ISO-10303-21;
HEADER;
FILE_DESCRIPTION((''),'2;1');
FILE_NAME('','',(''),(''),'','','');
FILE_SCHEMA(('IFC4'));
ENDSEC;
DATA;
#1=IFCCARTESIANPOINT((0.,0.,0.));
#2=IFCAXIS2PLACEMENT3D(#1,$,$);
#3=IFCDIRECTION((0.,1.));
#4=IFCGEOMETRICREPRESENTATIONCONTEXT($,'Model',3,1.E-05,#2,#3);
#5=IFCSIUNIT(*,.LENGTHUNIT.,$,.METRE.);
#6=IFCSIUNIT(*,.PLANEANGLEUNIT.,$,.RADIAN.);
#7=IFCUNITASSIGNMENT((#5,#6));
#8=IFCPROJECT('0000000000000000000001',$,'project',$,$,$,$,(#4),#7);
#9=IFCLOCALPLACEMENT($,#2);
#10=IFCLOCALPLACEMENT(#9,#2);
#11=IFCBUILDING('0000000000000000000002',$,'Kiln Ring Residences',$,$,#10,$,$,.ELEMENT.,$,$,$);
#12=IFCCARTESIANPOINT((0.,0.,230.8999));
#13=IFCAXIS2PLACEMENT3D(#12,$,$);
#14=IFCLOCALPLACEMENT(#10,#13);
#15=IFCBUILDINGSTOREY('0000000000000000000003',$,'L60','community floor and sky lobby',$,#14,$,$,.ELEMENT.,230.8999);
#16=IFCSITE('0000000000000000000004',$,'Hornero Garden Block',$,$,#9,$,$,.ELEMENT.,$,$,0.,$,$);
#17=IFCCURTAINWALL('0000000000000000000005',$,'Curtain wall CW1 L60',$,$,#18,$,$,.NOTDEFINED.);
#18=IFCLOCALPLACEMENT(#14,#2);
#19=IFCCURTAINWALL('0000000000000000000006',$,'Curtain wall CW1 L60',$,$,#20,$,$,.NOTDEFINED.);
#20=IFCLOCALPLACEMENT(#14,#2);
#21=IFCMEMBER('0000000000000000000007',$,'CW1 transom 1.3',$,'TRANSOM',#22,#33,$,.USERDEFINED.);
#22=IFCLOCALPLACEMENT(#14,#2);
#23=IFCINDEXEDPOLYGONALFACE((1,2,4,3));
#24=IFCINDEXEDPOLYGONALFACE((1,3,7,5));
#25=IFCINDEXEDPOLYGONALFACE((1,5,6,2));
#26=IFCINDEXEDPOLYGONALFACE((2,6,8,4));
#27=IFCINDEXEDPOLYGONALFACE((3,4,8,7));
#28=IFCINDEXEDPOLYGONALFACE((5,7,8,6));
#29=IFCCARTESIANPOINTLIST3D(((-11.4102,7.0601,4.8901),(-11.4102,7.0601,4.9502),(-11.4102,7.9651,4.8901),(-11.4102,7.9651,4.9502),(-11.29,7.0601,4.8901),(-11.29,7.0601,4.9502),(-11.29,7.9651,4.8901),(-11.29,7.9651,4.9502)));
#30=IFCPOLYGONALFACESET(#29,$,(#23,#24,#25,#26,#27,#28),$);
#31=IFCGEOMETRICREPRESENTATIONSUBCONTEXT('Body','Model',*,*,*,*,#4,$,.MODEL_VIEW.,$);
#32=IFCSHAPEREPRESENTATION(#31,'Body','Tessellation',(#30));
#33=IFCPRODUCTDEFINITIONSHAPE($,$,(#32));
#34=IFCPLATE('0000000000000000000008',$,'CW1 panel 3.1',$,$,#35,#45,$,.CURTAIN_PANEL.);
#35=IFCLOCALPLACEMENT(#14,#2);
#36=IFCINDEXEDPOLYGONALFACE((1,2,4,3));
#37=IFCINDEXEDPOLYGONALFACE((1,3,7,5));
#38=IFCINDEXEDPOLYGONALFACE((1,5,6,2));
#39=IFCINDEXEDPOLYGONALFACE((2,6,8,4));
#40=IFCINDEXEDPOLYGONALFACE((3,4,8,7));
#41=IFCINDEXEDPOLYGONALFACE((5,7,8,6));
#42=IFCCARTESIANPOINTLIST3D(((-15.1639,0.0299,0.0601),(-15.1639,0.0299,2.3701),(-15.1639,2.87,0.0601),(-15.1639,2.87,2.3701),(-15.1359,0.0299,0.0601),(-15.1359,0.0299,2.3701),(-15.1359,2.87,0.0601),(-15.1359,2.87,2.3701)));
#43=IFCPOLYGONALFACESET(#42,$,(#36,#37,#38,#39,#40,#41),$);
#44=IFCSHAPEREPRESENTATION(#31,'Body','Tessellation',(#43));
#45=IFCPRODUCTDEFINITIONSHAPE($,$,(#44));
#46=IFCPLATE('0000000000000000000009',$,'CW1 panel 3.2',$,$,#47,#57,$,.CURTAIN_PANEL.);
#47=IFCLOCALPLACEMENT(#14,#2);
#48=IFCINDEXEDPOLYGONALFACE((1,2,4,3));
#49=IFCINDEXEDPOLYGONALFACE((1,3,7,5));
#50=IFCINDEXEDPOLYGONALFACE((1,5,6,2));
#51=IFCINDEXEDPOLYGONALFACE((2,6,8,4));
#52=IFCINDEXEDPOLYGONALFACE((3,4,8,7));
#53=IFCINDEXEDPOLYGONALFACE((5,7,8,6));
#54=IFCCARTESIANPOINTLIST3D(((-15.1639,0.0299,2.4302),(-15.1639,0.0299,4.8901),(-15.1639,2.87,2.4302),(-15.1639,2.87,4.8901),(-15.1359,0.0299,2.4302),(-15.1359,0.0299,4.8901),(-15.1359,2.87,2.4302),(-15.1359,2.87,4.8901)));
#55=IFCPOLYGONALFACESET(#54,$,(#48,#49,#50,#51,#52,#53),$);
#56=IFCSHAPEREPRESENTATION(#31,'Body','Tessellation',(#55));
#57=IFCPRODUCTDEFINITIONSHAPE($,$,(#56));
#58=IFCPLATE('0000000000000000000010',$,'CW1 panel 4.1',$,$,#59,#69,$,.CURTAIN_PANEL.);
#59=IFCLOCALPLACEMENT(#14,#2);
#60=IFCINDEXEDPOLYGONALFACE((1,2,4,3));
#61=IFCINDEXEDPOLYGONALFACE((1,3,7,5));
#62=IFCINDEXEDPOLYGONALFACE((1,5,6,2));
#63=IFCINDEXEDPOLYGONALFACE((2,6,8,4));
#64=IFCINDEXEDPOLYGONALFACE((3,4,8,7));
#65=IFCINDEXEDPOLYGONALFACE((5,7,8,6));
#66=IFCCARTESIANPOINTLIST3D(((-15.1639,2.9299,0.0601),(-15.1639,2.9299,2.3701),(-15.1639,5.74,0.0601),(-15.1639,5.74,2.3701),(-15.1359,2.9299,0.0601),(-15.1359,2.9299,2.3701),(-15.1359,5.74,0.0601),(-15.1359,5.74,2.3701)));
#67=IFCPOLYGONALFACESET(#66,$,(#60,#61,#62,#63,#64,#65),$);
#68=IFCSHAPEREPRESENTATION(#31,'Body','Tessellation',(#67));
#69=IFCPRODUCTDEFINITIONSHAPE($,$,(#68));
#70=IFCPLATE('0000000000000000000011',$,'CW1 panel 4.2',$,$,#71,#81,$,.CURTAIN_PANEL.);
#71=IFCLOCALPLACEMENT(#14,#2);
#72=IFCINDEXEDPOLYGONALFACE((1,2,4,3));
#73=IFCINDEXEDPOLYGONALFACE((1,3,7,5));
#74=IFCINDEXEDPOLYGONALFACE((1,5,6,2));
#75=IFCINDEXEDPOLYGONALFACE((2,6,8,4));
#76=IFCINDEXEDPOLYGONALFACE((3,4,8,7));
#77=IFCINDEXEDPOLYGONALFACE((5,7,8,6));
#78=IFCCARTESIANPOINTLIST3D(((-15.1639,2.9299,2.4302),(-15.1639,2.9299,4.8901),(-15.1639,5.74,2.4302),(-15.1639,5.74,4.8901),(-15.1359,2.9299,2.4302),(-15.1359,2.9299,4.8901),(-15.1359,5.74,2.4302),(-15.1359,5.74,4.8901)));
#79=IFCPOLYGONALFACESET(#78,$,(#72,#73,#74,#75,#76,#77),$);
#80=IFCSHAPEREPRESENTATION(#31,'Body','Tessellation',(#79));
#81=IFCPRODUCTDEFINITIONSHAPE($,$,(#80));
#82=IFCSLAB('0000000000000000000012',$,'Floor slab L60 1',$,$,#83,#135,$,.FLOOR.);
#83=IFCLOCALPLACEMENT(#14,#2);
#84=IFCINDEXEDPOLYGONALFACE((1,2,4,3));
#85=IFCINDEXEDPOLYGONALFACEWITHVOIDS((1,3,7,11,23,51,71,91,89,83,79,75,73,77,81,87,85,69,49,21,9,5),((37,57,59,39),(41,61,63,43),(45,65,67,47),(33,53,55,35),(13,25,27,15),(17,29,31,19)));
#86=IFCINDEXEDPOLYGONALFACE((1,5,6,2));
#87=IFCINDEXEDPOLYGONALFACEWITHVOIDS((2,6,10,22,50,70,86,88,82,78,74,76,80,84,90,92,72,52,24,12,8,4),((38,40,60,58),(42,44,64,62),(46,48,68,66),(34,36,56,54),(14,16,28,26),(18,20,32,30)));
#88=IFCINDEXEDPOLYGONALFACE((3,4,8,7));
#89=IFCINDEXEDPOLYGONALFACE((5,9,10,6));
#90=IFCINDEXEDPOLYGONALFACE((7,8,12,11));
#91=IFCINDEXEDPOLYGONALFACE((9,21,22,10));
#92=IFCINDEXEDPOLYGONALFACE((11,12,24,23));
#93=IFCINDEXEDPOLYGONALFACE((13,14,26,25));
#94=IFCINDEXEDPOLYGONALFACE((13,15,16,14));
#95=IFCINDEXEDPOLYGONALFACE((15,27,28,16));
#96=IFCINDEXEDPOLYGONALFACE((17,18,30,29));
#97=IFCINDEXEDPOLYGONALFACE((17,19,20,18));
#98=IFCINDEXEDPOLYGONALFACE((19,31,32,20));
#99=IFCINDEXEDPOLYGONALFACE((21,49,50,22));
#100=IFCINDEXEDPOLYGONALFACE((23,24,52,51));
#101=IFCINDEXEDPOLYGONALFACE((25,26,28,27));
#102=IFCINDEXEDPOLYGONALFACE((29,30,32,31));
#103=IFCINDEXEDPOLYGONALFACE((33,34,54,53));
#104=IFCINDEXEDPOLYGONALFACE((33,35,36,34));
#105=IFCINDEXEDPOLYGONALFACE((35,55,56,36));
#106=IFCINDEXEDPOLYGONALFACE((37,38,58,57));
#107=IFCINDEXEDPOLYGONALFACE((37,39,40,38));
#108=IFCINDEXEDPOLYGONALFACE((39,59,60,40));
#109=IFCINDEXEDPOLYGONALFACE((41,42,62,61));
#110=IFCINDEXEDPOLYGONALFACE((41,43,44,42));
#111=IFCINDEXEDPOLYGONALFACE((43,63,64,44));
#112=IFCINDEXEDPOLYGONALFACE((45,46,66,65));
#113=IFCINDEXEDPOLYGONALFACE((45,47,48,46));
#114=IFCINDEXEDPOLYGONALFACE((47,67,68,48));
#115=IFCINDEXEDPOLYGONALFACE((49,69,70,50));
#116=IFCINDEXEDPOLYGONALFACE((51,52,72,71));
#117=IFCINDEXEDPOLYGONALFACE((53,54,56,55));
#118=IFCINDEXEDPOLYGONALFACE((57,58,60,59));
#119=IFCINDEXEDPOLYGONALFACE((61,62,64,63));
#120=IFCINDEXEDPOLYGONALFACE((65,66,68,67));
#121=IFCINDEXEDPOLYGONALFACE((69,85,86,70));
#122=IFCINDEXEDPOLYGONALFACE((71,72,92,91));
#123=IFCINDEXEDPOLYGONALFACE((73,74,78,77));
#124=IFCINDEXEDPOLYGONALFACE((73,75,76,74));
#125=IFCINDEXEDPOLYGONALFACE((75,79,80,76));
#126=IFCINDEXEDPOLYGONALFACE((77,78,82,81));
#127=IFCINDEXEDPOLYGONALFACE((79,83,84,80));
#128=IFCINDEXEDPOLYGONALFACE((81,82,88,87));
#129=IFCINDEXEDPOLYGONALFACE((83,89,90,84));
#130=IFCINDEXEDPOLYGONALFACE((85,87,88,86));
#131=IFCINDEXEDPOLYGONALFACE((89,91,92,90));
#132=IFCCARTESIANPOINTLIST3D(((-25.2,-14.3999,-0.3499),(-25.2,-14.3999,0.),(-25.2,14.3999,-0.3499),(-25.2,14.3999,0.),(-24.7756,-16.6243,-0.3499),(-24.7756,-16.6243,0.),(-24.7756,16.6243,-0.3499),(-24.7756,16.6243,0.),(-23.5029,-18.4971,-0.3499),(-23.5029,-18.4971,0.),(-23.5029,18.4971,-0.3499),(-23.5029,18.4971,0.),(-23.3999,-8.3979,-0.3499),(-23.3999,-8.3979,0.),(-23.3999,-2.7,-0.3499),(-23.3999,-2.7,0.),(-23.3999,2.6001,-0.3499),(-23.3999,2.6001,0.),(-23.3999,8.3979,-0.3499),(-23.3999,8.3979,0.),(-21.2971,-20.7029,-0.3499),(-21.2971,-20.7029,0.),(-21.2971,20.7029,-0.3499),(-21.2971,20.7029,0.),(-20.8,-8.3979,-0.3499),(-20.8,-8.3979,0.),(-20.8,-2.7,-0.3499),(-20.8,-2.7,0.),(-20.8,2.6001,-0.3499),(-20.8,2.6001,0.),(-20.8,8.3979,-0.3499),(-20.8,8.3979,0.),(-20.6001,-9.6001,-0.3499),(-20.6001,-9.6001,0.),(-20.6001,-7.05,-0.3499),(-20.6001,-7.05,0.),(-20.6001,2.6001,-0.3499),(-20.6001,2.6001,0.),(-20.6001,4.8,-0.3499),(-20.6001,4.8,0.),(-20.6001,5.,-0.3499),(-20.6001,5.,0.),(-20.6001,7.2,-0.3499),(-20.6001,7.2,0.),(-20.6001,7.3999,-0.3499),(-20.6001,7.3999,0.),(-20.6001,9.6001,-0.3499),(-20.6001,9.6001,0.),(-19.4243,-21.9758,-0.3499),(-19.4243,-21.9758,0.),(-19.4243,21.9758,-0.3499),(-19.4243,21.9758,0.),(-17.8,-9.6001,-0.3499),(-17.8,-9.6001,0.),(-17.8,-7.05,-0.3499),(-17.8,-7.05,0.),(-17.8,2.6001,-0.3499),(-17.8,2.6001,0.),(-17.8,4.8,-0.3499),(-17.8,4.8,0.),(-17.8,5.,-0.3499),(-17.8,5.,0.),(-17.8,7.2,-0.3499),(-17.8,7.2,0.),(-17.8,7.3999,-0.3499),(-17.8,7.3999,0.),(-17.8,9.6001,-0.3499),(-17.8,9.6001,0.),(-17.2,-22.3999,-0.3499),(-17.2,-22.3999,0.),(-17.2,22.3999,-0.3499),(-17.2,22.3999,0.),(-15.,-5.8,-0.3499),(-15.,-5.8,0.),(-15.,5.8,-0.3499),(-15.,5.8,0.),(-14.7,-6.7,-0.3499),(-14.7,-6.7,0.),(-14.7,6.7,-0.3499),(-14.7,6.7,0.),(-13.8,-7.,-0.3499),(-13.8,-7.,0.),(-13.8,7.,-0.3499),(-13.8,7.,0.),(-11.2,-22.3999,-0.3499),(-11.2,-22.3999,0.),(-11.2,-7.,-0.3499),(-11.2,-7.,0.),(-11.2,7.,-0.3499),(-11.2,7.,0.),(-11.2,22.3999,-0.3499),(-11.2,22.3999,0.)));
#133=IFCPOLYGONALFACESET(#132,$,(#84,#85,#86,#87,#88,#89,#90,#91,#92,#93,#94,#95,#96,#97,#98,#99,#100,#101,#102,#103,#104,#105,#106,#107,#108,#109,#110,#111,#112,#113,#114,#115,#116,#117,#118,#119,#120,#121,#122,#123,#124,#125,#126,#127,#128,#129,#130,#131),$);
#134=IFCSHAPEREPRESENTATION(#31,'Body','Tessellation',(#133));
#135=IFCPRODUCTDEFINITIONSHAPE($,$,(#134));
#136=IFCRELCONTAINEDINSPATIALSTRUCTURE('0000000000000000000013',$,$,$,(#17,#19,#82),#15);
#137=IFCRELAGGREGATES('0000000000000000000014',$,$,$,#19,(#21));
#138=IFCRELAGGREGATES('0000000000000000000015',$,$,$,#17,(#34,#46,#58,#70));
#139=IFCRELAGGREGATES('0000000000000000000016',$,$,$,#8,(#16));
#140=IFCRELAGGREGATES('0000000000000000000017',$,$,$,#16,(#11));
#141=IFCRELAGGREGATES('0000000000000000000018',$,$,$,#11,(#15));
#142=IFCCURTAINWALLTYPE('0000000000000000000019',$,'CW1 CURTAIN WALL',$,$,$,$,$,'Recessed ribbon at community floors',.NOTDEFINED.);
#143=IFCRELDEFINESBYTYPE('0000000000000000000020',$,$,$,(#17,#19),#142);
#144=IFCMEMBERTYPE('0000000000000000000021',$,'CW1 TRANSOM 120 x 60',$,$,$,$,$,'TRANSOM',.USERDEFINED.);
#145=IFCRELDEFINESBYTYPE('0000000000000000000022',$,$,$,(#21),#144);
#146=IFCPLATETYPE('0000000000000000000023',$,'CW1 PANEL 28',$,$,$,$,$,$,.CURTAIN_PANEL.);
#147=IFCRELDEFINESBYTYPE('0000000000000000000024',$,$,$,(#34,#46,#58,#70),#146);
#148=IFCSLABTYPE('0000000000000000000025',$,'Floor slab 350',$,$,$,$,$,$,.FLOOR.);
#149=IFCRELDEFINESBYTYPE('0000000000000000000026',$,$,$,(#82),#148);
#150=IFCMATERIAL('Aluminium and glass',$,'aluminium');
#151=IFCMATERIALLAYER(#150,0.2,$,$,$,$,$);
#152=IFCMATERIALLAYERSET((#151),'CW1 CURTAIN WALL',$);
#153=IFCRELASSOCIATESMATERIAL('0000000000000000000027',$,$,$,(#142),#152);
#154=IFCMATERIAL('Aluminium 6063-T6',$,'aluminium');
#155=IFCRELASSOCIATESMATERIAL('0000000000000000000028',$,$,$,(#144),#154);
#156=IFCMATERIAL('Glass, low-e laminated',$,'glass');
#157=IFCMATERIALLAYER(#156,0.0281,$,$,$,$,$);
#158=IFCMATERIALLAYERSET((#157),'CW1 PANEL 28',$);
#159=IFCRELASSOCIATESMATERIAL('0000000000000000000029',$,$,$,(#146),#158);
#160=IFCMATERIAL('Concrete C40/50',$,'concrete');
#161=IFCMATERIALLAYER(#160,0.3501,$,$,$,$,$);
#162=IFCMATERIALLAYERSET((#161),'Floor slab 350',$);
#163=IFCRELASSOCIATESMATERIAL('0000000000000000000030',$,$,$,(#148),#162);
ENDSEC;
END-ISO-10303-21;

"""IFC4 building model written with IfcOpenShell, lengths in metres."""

from ifc_helpers import new_model, si_unit, direction, frame, origin, origin_2d, place, context, subcontext, project, spatial, polyline, rectangle, outline, extrude, material, layer, layer_set, material_profile, profile_set, type_object, element, aggregate, save


model = new_model("IFC4")

# Units and contexts
model_context = context("Model", 3, precision=1e-05, world=origin(), true_north=direction((0.0, 1.0)))
body_context = subcontext(model_context, "Body", "Model", "MODEL_VIEW")
ifc_project = project(units=[si_unit("LENGTHUNIT", "METRE"), si_unit("PLANEANGLEUNIT", "RADIAN")], contexts=[model_context])

# Site, building, storey
site_placement = place(None, origin())
site = spatial("IfcSite", under=ifc_project, at=site_placement, Name="Hornero Garden Block", CompositionType="ELEMENT", RefElevation=0.0)
building_placement = place(site_placement, origin())
building = spatial("IfcBuilding", under=site, at=building_placement, Name="Kiln Ring Residences", CompositionType="ELEMENT")
storey_placement = place(building_placement, frame((0.0, 0.0, 230.8999)))
storey = spatial("IfcBuildingStorey", under=building, at=storey_placement, Name="L60", Description="community floor and sky lobby", CompositionType="ELEMENT", Elevation=230.8999)

# Curtain wall
ifc_material_1 = material(Name="Aluminium and glass", Category="aluminium")
ifc_layer_1 = layer(ifc_material_1, 0.2)
ifc_layer_set_1 = layer_set([ifc_layer_1], Name="CW1 CURTAIN WALL")
curtain_wall_type = type_object("IfcCurtainWallType", Name="CW1 CURTAIN WALL", ElementType="Recessed ribbon at community floors", PredefinedType="NOTDEFINED", material=ifc_layer_set_1)
placement_1 = place(storey_placement, origin())
curtain_wall_1 = element("IfcCurtainWall", 1, at=placement_1, inside=storey, type_object=curtain_wall_type, Name="Curtain wall CW1 L60", PredefinedType="NOTDEFINED")

# Curtain wall
curtain_wall_2 = element("IfcCurtainWall", 2, at=placement_1, inside=storey, type_object=curtain_wall_type, Name="Curtain wall CW1 L60", PredefinedType="NOTDEFINED")

# Member
ifc_material_2 = material(Name="Aluminium 6063-T6", Category="aluminium")
ifc_material_profile_1 = material_profile(ifc_material_2, rectangle(XDim=0.1201, YDim=0.0601, at=origin_2d()), Name="AL 120x60")
ifc_profile_set_1 = profile_set([ifc_material_profile_1], Name="Aluminium 6063-T6")
member_type_1 = type_object("IfcMemberType", Name="CW1 TRANSOM 120 x 60", ElementType="TRANSOM", PredefinedType="USERDEFINED", material=ifc_profile_set_1)
member_1_placement = place(storey_placement, frame((-11.3501, 7.0601, 4.9202), z_axis=(0.0, 1.0, 0.0), x_axis=(-1.0, 0.0, 0.0)))
member_1 = element("IfcMember", 3, at=member_1_placement, type_object=member_type_1, Name="CW1 transom 1.3", ObjectType="TRANSOM", PredefinedType="USERDEFINED", context=body_context, shape_type="SweptSolid", body=[
    extrude(rectangle(XDim=0.1201, YDim=0.0601, at=origin_2d()), origin(), (0.0, 0.0, 1.0), 0.905),
])
aggregate(curtain_wall_2, [member_1])

# Plates
ifc_material_3 = material(Name="Glass, low-e laminated", Category="glass")
ifc_layer_2 = layer(ifc_material_3, 0.0281)
ifc_layer_set_2 = layer_set([ifc_layer_2], Name="CW1 PANEL 28")
plate_type = type_object("IfcPlateType", Name="CW1 PANEL 28", PredefinedType="CURTAIN_PANEL", material=ifc_layer_set_2)
plate_1_placement = place(storey_placement, frame((-15.1499, 1.45, 0.0601), z_axis=(0.0, 0.0, 1.0), x_axis=(0.0, 1.0, 0.0)))
plate_1 = element("IfcPlate", 4, at=plate_1_placement, type_object=plate_type, Name="CW1 panel 3.1", PredefinedType="CURTAIN_PANEL", context=body_context, shape_type="SweptSolid", body=[
    extrude(rectangle(XDim=2.8401, YDim=0.0281, at=origin_2d()), origin(), (0.0, 0.0, 1.0), 2.3101),
])
plate_2_placement = place(storey_placement, frame((-15.1499, 1.45, 2.4302), z_axis=(0.0, 0.0, 1.0), x_axis=(0.0, 1.0, 0.0)))
plate_2 = element("IfcPlate", 5, at=plate_2_placement, type_object=plate_type, Name="CW1 panel 3.2", PredefinedType="CURTAIN_PANEL", context=body_context, shape_type="SweptSolid", body=[
    extrude(rectangle(XDim=2.8401, YDim=0.0281, at=origin_2d()), origin(), (0.0, 0.0, 1.0), 2.46),
])
plate_3_placement = place(storey_placement, frame((-15.1499, 4.335, 0.0601), z_axis=(0.0, 0.0, 1.0), x_axis=(0.0, 1.0, 0.0)))
plate_3 = element("IfcPlate", 6, at=plate_3_placement, type_object=plate_type, Name="CW1 panel 4.1", PredefinedType="CURTAIN_PANEL", context=body_context, shape_type="SweptSolid", body=[
    extrude(rectangle(XDim=2.8101, YDim=0.0281, at=origin_2d()), origin(), (0.0, 0.0, 1.0), 2.3101),
])
plate_4_placement = place(storey_placement, frame((-15.1499, 4.335, 2.4302), z_axis=(0.0, 0.0, 1.0), x_axis=(0.0, 1.0, 0.0)))
plate_4 = element("IfcPlate", 7, at=plate_4_placement, type_object=plate_type, Name="CW1 panel 4.2", PredefinedType="CURTAIN_PANEL", context=body_context, shape_type="SweptSolid", body=[
    extrude(rectangle(XDim=2.8101, YDim=0.0281, at=origin_2d()), origin(), (0.0, 0.0, 1.0), 2.46),
])
aggregate(curtain_wall_1, [plate_1, plate_2, plate_3, plate_4])

# Slab
ifc_material_4 = material(Name="Concrete C40/50", Category="concrete")
ifc_layer_3 = layer(ifc_material_4, 0.3501)
ifc_layer_set_3 = layer_set([ifc_layer_3], Name="Floor slab 350")
slab_type = type_object("IfcSlabType", Name="Floor slab 350", PredefinedType="FLOOR", material=ifc_layer_set_3)
placement_2 = place(storey_placement, frame((0.0, 0.0, -0.3499)))
element("IfcSlab", 8, at=placement_2, inside=storey, type_object=slab_type, Name="Floor slab L60 1", PredefinedType="FLOOR", context=body_context, shape_type="SweptSolid", body=[
    extrude(outline(polyline([(-25.2, -14.3999), (-24.7756, -16.6243), (-23.5029, -18.4971), (-21.2971, -20.7029), (-19.4243, -21.9758), (-17.2, -22.3999), (-11.2, -22.3999), (-11.2, -7.0), (-13.8, -7.0), (-14.7, -6.7), (-15.0, -5.8), (-15.0, 5.8), (-14.7, 6.7), (-13.8, 7.0), (-11.2, 7.0), (-11.2, 22.3999), (-17.2, 22.3999), (-19.4243, 21.9758), (-21.2971, 20.7029), (-23.5029, 18.4971), (-24.7756, 16.6243), (-25.2, 14.3999), (-25.2, -14.3999)]), holes=[polyline([(-17.8, -7.05), (-17.8, -9.6001), (-20.6001, -9.6001), (-20.6001, -7.05), (-17.8, -7.05)]), polyline([(-17.8, 2.6001), (-20.6001, 2.6001), (-20.6001, 4.8), (-17.8, 4.8), (-17.8, 2.6001)]), polyline([(-17.8, 5.0), (-20.6001, 5.0), (-20.6001, 7.2), (-17.8, 7.2), (-17.8, 5.0)]), polyline([(-17.8, 7.3999), (-20.6001, 7.3999), (-20.6001, 9.6001), (-17.8, 9.6001), (-17.8, 7.3999)]), polyline([(-20.8, -8.3979), (-23.3999, -8.3979), (-23.3999, -2.7), (-20.8, -2.7), (-20.8, -8.3979)]), polyline([(-20.8, 8.3979), (-20.8, 2.6001), (-23.3999, 2.6001), (-23.3999, 8.3979), (-20.8, 8.3979)])]), origin(), (0.0, 0.0, 1.0), 0.3499),
])

save(model, "model.ifc")
